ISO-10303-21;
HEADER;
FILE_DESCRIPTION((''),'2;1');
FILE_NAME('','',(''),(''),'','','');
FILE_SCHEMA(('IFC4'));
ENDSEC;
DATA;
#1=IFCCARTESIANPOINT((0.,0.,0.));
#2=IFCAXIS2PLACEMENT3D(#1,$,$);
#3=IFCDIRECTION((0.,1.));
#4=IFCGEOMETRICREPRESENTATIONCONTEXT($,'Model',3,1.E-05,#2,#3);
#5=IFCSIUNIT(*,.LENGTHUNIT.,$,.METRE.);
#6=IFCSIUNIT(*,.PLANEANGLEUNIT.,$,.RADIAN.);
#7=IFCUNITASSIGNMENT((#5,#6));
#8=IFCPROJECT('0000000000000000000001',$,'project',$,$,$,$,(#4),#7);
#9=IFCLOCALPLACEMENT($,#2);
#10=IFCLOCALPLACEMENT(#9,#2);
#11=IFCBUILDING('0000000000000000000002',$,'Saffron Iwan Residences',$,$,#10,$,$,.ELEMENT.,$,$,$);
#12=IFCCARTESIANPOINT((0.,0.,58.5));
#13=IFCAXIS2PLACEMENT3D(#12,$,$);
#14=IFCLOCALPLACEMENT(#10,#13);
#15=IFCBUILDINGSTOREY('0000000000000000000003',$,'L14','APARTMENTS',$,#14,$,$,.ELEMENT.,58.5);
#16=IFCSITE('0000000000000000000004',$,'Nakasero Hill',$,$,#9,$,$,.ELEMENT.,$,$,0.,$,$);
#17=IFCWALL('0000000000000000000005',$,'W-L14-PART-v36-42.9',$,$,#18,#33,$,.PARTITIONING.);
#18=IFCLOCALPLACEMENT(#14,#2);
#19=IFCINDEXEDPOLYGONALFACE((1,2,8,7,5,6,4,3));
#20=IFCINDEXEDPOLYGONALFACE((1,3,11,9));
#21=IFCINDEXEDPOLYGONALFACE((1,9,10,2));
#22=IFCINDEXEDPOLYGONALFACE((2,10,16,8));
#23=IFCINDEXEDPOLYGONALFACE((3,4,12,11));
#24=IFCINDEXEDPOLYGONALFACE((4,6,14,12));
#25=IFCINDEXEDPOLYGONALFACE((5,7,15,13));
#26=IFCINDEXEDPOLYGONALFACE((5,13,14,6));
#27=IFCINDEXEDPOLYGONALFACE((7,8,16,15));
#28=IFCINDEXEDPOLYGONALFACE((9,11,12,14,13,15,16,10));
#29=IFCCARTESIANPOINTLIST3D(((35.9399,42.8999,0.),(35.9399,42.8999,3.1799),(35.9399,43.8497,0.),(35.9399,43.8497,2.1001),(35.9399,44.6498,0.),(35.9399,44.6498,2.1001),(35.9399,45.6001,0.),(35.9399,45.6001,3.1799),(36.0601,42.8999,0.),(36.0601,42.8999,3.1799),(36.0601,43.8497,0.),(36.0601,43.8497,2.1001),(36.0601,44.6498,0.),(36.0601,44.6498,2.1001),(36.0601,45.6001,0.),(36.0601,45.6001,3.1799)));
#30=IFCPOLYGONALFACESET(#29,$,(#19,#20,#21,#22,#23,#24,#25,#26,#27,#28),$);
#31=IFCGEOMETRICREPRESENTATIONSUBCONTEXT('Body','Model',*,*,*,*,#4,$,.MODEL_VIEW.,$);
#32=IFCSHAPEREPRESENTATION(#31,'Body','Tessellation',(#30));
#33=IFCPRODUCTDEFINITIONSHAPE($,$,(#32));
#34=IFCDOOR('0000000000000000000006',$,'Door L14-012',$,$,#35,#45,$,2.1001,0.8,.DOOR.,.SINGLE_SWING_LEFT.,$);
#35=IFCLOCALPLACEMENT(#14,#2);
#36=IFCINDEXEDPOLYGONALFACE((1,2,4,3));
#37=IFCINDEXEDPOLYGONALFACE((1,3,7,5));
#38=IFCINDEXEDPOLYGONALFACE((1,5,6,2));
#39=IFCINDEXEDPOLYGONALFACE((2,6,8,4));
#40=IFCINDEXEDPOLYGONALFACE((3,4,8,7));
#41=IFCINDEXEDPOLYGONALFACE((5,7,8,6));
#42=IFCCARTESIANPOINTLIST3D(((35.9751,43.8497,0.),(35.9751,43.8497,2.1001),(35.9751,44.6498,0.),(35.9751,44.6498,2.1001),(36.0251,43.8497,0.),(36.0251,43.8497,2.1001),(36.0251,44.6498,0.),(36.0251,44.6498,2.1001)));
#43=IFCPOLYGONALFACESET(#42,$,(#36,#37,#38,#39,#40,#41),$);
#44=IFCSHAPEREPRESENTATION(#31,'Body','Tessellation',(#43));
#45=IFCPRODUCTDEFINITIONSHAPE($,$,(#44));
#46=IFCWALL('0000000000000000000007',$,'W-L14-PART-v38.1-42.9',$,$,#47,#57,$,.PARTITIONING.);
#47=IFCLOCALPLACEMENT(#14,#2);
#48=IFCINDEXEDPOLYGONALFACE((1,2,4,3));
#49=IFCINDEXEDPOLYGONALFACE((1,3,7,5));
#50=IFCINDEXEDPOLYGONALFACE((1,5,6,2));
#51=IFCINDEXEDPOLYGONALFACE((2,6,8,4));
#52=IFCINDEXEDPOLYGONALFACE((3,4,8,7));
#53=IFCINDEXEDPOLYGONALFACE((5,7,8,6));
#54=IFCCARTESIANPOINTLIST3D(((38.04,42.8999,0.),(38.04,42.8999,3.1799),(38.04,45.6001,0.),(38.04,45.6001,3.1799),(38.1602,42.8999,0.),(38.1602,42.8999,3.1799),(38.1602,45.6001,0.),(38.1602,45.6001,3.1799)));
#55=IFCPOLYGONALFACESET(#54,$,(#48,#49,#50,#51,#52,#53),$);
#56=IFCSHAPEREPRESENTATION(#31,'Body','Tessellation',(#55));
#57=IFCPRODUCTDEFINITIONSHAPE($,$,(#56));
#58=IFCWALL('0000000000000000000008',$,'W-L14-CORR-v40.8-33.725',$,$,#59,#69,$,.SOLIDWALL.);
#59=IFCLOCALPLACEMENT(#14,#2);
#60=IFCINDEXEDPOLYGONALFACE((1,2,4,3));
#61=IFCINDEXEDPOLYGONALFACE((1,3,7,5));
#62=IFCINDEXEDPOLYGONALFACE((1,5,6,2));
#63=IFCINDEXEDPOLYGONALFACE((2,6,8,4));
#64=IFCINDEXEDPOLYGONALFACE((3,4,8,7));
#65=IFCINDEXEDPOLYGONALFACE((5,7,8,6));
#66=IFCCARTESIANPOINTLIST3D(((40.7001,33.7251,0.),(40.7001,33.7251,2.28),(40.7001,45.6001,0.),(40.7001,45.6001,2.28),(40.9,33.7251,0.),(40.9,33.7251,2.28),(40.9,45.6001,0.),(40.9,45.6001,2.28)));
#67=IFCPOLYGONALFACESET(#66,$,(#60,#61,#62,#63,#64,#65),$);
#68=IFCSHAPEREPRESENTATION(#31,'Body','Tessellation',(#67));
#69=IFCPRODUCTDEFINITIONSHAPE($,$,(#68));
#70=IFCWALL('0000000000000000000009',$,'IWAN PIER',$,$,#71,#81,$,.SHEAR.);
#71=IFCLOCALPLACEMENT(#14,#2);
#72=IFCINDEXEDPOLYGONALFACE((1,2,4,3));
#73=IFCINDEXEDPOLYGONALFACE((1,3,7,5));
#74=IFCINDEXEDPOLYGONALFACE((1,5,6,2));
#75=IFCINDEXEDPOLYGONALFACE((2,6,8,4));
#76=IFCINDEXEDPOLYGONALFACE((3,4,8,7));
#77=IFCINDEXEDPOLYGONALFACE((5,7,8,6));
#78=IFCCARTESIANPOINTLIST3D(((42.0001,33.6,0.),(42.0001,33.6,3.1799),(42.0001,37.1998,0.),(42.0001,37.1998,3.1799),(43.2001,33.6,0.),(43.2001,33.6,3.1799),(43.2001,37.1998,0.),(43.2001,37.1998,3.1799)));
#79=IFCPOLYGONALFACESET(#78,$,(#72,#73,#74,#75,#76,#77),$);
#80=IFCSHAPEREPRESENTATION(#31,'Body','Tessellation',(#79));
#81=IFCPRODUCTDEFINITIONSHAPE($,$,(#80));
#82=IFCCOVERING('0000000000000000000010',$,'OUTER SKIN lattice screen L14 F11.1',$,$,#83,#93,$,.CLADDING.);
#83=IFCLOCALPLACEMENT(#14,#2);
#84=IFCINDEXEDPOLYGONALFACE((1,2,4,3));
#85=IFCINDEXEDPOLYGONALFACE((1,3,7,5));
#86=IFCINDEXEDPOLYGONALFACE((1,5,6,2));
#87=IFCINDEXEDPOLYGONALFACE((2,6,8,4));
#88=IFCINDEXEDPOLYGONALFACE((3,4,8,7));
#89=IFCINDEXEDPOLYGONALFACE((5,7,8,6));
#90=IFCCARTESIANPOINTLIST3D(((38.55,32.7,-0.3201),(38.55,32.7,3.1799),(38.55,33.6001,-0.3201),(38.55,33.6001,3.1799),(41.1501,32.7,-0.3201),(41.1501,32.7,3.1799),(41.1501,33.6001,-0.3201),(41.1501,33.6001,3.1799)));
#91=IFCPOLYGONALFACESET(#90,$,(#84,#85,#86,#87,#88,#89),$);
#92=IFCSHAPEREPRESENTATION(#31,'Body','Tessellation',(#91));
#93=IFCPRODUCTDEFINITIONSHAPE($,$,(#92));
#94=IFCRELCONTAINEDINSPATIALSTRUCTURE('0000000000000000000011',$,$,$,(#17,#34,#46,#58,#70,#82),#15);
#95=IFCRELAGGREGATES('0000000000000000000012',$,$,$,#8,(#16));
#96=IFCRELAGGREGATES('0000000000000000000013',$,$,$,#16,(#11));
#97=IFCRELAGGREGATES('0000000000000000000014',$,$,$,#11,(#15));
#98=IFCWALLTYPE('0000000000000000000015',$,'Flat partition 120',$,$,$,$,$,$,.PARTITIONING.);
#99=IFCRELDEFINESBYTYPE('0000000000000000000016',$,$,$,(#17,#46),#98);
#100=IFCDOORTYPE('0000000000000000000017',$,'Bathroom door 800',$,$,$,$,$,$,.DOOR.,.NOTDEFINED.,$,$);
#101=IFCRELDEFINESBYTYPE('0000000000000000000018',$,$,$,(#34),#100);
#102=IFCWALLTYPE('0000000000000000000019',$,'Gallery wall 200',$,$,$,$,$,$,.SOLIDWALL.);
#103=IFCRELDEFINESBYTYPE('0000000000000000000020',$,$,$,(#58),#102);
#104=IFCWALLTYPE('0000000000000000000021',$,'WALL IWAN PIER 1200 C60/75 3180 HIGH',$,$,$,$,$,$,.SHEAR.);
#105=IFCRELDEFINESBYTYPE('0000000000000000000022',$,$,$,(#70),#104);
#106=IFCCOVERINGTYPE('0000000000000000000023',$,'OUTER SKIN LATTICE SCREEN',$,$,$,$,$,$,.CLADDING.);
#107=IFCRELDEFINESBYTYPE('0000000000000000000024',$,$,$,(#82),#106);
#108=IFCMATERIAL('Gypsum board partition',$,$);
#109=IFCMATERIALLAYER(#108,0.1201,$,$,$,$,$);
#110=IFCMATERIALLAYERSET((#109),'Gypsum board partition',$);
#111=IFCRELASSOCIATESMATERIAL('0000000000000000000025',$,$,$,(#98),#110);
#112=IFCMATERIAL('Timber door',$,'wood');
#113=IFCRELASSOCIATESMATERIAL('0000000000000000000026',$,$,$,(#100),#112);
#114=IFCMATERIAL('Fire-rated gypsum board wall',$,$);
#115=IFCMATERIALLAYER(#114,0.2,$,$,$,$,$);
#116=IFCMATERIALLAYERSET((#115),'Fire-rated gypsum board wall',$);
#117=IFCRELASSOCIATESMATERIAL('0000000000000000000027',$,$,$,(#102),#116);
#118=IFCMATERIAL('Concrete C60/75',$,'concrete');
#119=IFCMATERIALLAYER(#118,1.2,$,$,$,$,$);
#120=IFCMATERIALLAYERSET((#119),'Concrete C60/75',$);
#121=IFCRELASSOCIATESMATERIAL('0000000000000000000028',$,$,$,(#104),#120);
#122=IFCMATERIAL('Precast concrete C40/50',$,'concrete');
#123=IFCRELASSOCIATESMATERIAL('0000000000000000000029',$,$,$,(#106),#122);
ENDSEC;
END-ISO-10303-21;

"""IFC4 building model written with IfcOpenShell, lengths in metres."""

from ifc_helpers import new_model, si_unit, direction, frame, frame_2d, origin, place, context, subcontext, project, spatial, polyline, rectangle, outline, extrude, material, layer, layer_set, type_object, element, fill, save


model = new_model("IFC4")

# Units and contexts
model_context = context("Model", 3, precision=1e-05, world=origin(), true_north=direction((0.0, 1.0)))
body_context = subcontext(model_context, "Body", "Model", "MODEL_VIEW")
ifc_project = project(units=[si_unit("LENGTHUNIT", "METRE"), si_unit("PLANEANGLEUNIT", "RADIAN")], contexts=[model_context])

# Site, building, storey
site_placement = place(None, origin())
site = spatial("IfcSite", under=ifc_project, at=site_placement, Name="Nakasero Hill", CompositionType="ELEMENT", RefElevation=0.0)
building_placement = place(site_placement, origin())
building = spatial("IfcBuilding", under=site, at=building_placement, Name="Saffron Iwan Residences", CompositionType="ELEMENT")
storey_placement = place(building_placement, frame((0.0, 0.0, 58.5)))
storey = spatial("IfcBuildingStorey", under=building, at=storey_placement, Name="L14", Description="APARTMENTS", CompositionType="ELEMENT", Elevation=58.5)

# Shared definitions
ifc_material_1 = material(Name="Concrete C60/75", Category="concrete")

# Shared definitions
ifc_material_2 = material(Name="Gypsum board partition")
ifc_layer_1 = layer(ifc_material_2, 0.1201)
ifc_layer_set_1 = layer_set([ifc_layer_1], Name="Gypsum board partition")
wall_type_1 = type_object("IfcWallType", Name="Flat partition 120", PredefinedType="PARTITIONING", material=ifc_layer_set_1)
ifc_material_3 = material(Name="Timber door", Category="wood")
door_type = type_object("IfcDoorType", Name="Bathroom door 800", OperationType="NOTDEFINED", PredefinedType="DOOR", material=ifc_material_3)

# Wall, opening, door
wall_1_placement = place(storey_placement, frame((36.0, 42.8999, 0.0), z_axis=(0.0, 0.0, 1.0), x_axis=(0.0, 1.0, 0.0)))
wall_1 = element("IfcWall", 1, at=wall_1_placement, inside=storey, type_object=wall_type_1, Name="W-L14-PART-v36-42.9", PredefinedType="PARTITIONING", context=body_context, shape_type="SweptSolid", body=[
    extrude(rectangle(XDim=2.7002, YDim=0.1201, at=frame_2d((1.3501, 0.0))), origin(), (0.0, 0.0, 1.0), 3.1799),
])
opening_1_placement = place(wall_1_placement, frame((0.95, 0.0, 0.0)))
opening_1 = element("IfcOpeningElement", 2, at=opening_1_placement, cuts=wall_1, PredefinedType="OPENING", context=body_context, shape_type="SweptSolid", body=[
    extrude(rectangle(XDim=0.8, YDim=2.1001, at=frame_2d((0.3999, 1.05))), frame((0.0, 0.0701, 0.0), z_axis=(0.0, -1.0, 0.0), x_axis=(1.0, 0.0, 0.0)), (0.0, 0.0, 1.0), 0.1401),
])
door_1_placement = place(opening_1_placement, origin())
door_1 = element("IfcDoor", 3, at=door_1_placement, inside=storey, type_object=door_type, Name="Door L14-012", OperationType="SINGLE_SWING_LEFT", OverallHeight=2.1001, OverallWidth=0.8, PredefinedType="DOOR", context=body_context, shape_type="SweptSolid", body=[
    extrude(rectangle(XDim=0.8, YDim=2.1001, at=frame_2d((0.3999, 1.05))), frame((0.0, 0.0249, 0.0), z_axis=(0.0, -1.0, 0.0), x_axis=(1.0, 0.0, 0.0)), (0.0, 0.0, 1.0), 0.05),
])
fill(opening_1, door_1)

# Walls
wall_2_placement = place(storey_placement, frame((38.1001, 42.8999, 0.0), z_axis=(0.0, 0.0, 1.0), x_axis=(0.0, 1.0, 0.0)))
element("IfcWall", 4, at=wall_2_placement, inside=storey, type_object=wall_type_1, Name="W-L14-PART-v38.1-42.9", PredefinedType="PARTITIONING", context=body_context, shape_type="SweptSolid", body=[
    extrude(rectangle(XDim=2.7002, YDim=0.1201, at=frame_2d((1.3501, 0.0))), origin(), (0.0, 0.0, 1.0), 3.1799),
])
ifc_material_4 = material(Name="Fire-rated gypsum board wall")
ifc_layer_2 = layer(ifc_material_4, 0.2)
ifc_layer_set_2 = layer_set([ifc_layer_2], Name="Fire-rated gypsum board wall")
wall_type_2 = type_object("IfcWallType", Name="Gallery wall 200", PredefinedType="SOLIDWALL", material=ifc_layer_set_2)
wall_3_placement = place(storey_placement, frame((40.8, 33.7251, 0.0), z_axis=(0.0, 0.0, 1.0), x_axis=(0.0, 1.0, 0.0)))
element("IfcWall", 5, at=wall_3_placement, inside=storey, type_object=wall_type_2, Name="W-L14-CORR-v40.8-33.725", PredefinedType="SOLIDWALL", context=body_context, shape_type="SweptSolid", body=[
    extrude(rectangle(XDim=11.875, YDim=0.2, at=frame_2d((5.9375, 0.0))), origin(), (0.0, 0.0, 1.0), 2.28),
])
ifc_layer_3 = layer(ifc_material_1, 1.2)
ifc_layer_set_3 = layer_set([ifc_layer_3], Name="Concrete C60/75")
wall_type_3 = type_object("IfcWallType", Name="WALL IWAN PIER 1200 C60/75 3180 HIGH", PredefinedType="SHEAR", material=ifc_layer_set_3)
wall_4_placement = place(storey_placement, frame((42.6001, 33.6001, 0.0), z_axis=(0.0, 0.0, 1.0), x_axis=(0.0, 1.0, 0.0)))
element("IfcWall", 6, at=wall_4_placement, inside=storey, type_object=wall_type_3, Name="IWAN PIER", PredefinedType="SHEAR", context=body_context, shape_type="SweptSolid", body=[
    extrude(rectangle(XDim=3.5999, YDim=1.2, at=frame_2d((1.7998, 0.0))), origin(), (0.0, 0.0, 1.0), 3.1799),
])

# Covering
ifc_material_5 = material(Name="Precast concrete C40/50", Category="concrete")
covering_type = type_object("IfcCoveringType", Name="OUTER SKIN LATTICE SCREEN", PredefinedType="CLADDING", material=ifc_material_5)
covering_placement = place(storey_placement, frame((38.55, 33.6001, -0.3201), z_axis=(0.0, -1.0, 0.0), x_axis=(1.0, 0.0, 0.0)))
element("IfcCovering", 7, at=covering_placement, inside=storey, type_object=covering_type, Name="OUTER SKIN lattice screen L14 F11.1", PredefinedType="CLADDING", context=body_context, shape_type="SweptSolid", body=[
    extrude(outline(polyline([(0.0, 0.0), (2.6001, 0.0), (2.6001, 3.5), (0.0, 3.5), (0.0, 0.0)])), origin(), (0.0, 0.0, 1.0), 0.9001),
])

save(model, "model.ifc")
